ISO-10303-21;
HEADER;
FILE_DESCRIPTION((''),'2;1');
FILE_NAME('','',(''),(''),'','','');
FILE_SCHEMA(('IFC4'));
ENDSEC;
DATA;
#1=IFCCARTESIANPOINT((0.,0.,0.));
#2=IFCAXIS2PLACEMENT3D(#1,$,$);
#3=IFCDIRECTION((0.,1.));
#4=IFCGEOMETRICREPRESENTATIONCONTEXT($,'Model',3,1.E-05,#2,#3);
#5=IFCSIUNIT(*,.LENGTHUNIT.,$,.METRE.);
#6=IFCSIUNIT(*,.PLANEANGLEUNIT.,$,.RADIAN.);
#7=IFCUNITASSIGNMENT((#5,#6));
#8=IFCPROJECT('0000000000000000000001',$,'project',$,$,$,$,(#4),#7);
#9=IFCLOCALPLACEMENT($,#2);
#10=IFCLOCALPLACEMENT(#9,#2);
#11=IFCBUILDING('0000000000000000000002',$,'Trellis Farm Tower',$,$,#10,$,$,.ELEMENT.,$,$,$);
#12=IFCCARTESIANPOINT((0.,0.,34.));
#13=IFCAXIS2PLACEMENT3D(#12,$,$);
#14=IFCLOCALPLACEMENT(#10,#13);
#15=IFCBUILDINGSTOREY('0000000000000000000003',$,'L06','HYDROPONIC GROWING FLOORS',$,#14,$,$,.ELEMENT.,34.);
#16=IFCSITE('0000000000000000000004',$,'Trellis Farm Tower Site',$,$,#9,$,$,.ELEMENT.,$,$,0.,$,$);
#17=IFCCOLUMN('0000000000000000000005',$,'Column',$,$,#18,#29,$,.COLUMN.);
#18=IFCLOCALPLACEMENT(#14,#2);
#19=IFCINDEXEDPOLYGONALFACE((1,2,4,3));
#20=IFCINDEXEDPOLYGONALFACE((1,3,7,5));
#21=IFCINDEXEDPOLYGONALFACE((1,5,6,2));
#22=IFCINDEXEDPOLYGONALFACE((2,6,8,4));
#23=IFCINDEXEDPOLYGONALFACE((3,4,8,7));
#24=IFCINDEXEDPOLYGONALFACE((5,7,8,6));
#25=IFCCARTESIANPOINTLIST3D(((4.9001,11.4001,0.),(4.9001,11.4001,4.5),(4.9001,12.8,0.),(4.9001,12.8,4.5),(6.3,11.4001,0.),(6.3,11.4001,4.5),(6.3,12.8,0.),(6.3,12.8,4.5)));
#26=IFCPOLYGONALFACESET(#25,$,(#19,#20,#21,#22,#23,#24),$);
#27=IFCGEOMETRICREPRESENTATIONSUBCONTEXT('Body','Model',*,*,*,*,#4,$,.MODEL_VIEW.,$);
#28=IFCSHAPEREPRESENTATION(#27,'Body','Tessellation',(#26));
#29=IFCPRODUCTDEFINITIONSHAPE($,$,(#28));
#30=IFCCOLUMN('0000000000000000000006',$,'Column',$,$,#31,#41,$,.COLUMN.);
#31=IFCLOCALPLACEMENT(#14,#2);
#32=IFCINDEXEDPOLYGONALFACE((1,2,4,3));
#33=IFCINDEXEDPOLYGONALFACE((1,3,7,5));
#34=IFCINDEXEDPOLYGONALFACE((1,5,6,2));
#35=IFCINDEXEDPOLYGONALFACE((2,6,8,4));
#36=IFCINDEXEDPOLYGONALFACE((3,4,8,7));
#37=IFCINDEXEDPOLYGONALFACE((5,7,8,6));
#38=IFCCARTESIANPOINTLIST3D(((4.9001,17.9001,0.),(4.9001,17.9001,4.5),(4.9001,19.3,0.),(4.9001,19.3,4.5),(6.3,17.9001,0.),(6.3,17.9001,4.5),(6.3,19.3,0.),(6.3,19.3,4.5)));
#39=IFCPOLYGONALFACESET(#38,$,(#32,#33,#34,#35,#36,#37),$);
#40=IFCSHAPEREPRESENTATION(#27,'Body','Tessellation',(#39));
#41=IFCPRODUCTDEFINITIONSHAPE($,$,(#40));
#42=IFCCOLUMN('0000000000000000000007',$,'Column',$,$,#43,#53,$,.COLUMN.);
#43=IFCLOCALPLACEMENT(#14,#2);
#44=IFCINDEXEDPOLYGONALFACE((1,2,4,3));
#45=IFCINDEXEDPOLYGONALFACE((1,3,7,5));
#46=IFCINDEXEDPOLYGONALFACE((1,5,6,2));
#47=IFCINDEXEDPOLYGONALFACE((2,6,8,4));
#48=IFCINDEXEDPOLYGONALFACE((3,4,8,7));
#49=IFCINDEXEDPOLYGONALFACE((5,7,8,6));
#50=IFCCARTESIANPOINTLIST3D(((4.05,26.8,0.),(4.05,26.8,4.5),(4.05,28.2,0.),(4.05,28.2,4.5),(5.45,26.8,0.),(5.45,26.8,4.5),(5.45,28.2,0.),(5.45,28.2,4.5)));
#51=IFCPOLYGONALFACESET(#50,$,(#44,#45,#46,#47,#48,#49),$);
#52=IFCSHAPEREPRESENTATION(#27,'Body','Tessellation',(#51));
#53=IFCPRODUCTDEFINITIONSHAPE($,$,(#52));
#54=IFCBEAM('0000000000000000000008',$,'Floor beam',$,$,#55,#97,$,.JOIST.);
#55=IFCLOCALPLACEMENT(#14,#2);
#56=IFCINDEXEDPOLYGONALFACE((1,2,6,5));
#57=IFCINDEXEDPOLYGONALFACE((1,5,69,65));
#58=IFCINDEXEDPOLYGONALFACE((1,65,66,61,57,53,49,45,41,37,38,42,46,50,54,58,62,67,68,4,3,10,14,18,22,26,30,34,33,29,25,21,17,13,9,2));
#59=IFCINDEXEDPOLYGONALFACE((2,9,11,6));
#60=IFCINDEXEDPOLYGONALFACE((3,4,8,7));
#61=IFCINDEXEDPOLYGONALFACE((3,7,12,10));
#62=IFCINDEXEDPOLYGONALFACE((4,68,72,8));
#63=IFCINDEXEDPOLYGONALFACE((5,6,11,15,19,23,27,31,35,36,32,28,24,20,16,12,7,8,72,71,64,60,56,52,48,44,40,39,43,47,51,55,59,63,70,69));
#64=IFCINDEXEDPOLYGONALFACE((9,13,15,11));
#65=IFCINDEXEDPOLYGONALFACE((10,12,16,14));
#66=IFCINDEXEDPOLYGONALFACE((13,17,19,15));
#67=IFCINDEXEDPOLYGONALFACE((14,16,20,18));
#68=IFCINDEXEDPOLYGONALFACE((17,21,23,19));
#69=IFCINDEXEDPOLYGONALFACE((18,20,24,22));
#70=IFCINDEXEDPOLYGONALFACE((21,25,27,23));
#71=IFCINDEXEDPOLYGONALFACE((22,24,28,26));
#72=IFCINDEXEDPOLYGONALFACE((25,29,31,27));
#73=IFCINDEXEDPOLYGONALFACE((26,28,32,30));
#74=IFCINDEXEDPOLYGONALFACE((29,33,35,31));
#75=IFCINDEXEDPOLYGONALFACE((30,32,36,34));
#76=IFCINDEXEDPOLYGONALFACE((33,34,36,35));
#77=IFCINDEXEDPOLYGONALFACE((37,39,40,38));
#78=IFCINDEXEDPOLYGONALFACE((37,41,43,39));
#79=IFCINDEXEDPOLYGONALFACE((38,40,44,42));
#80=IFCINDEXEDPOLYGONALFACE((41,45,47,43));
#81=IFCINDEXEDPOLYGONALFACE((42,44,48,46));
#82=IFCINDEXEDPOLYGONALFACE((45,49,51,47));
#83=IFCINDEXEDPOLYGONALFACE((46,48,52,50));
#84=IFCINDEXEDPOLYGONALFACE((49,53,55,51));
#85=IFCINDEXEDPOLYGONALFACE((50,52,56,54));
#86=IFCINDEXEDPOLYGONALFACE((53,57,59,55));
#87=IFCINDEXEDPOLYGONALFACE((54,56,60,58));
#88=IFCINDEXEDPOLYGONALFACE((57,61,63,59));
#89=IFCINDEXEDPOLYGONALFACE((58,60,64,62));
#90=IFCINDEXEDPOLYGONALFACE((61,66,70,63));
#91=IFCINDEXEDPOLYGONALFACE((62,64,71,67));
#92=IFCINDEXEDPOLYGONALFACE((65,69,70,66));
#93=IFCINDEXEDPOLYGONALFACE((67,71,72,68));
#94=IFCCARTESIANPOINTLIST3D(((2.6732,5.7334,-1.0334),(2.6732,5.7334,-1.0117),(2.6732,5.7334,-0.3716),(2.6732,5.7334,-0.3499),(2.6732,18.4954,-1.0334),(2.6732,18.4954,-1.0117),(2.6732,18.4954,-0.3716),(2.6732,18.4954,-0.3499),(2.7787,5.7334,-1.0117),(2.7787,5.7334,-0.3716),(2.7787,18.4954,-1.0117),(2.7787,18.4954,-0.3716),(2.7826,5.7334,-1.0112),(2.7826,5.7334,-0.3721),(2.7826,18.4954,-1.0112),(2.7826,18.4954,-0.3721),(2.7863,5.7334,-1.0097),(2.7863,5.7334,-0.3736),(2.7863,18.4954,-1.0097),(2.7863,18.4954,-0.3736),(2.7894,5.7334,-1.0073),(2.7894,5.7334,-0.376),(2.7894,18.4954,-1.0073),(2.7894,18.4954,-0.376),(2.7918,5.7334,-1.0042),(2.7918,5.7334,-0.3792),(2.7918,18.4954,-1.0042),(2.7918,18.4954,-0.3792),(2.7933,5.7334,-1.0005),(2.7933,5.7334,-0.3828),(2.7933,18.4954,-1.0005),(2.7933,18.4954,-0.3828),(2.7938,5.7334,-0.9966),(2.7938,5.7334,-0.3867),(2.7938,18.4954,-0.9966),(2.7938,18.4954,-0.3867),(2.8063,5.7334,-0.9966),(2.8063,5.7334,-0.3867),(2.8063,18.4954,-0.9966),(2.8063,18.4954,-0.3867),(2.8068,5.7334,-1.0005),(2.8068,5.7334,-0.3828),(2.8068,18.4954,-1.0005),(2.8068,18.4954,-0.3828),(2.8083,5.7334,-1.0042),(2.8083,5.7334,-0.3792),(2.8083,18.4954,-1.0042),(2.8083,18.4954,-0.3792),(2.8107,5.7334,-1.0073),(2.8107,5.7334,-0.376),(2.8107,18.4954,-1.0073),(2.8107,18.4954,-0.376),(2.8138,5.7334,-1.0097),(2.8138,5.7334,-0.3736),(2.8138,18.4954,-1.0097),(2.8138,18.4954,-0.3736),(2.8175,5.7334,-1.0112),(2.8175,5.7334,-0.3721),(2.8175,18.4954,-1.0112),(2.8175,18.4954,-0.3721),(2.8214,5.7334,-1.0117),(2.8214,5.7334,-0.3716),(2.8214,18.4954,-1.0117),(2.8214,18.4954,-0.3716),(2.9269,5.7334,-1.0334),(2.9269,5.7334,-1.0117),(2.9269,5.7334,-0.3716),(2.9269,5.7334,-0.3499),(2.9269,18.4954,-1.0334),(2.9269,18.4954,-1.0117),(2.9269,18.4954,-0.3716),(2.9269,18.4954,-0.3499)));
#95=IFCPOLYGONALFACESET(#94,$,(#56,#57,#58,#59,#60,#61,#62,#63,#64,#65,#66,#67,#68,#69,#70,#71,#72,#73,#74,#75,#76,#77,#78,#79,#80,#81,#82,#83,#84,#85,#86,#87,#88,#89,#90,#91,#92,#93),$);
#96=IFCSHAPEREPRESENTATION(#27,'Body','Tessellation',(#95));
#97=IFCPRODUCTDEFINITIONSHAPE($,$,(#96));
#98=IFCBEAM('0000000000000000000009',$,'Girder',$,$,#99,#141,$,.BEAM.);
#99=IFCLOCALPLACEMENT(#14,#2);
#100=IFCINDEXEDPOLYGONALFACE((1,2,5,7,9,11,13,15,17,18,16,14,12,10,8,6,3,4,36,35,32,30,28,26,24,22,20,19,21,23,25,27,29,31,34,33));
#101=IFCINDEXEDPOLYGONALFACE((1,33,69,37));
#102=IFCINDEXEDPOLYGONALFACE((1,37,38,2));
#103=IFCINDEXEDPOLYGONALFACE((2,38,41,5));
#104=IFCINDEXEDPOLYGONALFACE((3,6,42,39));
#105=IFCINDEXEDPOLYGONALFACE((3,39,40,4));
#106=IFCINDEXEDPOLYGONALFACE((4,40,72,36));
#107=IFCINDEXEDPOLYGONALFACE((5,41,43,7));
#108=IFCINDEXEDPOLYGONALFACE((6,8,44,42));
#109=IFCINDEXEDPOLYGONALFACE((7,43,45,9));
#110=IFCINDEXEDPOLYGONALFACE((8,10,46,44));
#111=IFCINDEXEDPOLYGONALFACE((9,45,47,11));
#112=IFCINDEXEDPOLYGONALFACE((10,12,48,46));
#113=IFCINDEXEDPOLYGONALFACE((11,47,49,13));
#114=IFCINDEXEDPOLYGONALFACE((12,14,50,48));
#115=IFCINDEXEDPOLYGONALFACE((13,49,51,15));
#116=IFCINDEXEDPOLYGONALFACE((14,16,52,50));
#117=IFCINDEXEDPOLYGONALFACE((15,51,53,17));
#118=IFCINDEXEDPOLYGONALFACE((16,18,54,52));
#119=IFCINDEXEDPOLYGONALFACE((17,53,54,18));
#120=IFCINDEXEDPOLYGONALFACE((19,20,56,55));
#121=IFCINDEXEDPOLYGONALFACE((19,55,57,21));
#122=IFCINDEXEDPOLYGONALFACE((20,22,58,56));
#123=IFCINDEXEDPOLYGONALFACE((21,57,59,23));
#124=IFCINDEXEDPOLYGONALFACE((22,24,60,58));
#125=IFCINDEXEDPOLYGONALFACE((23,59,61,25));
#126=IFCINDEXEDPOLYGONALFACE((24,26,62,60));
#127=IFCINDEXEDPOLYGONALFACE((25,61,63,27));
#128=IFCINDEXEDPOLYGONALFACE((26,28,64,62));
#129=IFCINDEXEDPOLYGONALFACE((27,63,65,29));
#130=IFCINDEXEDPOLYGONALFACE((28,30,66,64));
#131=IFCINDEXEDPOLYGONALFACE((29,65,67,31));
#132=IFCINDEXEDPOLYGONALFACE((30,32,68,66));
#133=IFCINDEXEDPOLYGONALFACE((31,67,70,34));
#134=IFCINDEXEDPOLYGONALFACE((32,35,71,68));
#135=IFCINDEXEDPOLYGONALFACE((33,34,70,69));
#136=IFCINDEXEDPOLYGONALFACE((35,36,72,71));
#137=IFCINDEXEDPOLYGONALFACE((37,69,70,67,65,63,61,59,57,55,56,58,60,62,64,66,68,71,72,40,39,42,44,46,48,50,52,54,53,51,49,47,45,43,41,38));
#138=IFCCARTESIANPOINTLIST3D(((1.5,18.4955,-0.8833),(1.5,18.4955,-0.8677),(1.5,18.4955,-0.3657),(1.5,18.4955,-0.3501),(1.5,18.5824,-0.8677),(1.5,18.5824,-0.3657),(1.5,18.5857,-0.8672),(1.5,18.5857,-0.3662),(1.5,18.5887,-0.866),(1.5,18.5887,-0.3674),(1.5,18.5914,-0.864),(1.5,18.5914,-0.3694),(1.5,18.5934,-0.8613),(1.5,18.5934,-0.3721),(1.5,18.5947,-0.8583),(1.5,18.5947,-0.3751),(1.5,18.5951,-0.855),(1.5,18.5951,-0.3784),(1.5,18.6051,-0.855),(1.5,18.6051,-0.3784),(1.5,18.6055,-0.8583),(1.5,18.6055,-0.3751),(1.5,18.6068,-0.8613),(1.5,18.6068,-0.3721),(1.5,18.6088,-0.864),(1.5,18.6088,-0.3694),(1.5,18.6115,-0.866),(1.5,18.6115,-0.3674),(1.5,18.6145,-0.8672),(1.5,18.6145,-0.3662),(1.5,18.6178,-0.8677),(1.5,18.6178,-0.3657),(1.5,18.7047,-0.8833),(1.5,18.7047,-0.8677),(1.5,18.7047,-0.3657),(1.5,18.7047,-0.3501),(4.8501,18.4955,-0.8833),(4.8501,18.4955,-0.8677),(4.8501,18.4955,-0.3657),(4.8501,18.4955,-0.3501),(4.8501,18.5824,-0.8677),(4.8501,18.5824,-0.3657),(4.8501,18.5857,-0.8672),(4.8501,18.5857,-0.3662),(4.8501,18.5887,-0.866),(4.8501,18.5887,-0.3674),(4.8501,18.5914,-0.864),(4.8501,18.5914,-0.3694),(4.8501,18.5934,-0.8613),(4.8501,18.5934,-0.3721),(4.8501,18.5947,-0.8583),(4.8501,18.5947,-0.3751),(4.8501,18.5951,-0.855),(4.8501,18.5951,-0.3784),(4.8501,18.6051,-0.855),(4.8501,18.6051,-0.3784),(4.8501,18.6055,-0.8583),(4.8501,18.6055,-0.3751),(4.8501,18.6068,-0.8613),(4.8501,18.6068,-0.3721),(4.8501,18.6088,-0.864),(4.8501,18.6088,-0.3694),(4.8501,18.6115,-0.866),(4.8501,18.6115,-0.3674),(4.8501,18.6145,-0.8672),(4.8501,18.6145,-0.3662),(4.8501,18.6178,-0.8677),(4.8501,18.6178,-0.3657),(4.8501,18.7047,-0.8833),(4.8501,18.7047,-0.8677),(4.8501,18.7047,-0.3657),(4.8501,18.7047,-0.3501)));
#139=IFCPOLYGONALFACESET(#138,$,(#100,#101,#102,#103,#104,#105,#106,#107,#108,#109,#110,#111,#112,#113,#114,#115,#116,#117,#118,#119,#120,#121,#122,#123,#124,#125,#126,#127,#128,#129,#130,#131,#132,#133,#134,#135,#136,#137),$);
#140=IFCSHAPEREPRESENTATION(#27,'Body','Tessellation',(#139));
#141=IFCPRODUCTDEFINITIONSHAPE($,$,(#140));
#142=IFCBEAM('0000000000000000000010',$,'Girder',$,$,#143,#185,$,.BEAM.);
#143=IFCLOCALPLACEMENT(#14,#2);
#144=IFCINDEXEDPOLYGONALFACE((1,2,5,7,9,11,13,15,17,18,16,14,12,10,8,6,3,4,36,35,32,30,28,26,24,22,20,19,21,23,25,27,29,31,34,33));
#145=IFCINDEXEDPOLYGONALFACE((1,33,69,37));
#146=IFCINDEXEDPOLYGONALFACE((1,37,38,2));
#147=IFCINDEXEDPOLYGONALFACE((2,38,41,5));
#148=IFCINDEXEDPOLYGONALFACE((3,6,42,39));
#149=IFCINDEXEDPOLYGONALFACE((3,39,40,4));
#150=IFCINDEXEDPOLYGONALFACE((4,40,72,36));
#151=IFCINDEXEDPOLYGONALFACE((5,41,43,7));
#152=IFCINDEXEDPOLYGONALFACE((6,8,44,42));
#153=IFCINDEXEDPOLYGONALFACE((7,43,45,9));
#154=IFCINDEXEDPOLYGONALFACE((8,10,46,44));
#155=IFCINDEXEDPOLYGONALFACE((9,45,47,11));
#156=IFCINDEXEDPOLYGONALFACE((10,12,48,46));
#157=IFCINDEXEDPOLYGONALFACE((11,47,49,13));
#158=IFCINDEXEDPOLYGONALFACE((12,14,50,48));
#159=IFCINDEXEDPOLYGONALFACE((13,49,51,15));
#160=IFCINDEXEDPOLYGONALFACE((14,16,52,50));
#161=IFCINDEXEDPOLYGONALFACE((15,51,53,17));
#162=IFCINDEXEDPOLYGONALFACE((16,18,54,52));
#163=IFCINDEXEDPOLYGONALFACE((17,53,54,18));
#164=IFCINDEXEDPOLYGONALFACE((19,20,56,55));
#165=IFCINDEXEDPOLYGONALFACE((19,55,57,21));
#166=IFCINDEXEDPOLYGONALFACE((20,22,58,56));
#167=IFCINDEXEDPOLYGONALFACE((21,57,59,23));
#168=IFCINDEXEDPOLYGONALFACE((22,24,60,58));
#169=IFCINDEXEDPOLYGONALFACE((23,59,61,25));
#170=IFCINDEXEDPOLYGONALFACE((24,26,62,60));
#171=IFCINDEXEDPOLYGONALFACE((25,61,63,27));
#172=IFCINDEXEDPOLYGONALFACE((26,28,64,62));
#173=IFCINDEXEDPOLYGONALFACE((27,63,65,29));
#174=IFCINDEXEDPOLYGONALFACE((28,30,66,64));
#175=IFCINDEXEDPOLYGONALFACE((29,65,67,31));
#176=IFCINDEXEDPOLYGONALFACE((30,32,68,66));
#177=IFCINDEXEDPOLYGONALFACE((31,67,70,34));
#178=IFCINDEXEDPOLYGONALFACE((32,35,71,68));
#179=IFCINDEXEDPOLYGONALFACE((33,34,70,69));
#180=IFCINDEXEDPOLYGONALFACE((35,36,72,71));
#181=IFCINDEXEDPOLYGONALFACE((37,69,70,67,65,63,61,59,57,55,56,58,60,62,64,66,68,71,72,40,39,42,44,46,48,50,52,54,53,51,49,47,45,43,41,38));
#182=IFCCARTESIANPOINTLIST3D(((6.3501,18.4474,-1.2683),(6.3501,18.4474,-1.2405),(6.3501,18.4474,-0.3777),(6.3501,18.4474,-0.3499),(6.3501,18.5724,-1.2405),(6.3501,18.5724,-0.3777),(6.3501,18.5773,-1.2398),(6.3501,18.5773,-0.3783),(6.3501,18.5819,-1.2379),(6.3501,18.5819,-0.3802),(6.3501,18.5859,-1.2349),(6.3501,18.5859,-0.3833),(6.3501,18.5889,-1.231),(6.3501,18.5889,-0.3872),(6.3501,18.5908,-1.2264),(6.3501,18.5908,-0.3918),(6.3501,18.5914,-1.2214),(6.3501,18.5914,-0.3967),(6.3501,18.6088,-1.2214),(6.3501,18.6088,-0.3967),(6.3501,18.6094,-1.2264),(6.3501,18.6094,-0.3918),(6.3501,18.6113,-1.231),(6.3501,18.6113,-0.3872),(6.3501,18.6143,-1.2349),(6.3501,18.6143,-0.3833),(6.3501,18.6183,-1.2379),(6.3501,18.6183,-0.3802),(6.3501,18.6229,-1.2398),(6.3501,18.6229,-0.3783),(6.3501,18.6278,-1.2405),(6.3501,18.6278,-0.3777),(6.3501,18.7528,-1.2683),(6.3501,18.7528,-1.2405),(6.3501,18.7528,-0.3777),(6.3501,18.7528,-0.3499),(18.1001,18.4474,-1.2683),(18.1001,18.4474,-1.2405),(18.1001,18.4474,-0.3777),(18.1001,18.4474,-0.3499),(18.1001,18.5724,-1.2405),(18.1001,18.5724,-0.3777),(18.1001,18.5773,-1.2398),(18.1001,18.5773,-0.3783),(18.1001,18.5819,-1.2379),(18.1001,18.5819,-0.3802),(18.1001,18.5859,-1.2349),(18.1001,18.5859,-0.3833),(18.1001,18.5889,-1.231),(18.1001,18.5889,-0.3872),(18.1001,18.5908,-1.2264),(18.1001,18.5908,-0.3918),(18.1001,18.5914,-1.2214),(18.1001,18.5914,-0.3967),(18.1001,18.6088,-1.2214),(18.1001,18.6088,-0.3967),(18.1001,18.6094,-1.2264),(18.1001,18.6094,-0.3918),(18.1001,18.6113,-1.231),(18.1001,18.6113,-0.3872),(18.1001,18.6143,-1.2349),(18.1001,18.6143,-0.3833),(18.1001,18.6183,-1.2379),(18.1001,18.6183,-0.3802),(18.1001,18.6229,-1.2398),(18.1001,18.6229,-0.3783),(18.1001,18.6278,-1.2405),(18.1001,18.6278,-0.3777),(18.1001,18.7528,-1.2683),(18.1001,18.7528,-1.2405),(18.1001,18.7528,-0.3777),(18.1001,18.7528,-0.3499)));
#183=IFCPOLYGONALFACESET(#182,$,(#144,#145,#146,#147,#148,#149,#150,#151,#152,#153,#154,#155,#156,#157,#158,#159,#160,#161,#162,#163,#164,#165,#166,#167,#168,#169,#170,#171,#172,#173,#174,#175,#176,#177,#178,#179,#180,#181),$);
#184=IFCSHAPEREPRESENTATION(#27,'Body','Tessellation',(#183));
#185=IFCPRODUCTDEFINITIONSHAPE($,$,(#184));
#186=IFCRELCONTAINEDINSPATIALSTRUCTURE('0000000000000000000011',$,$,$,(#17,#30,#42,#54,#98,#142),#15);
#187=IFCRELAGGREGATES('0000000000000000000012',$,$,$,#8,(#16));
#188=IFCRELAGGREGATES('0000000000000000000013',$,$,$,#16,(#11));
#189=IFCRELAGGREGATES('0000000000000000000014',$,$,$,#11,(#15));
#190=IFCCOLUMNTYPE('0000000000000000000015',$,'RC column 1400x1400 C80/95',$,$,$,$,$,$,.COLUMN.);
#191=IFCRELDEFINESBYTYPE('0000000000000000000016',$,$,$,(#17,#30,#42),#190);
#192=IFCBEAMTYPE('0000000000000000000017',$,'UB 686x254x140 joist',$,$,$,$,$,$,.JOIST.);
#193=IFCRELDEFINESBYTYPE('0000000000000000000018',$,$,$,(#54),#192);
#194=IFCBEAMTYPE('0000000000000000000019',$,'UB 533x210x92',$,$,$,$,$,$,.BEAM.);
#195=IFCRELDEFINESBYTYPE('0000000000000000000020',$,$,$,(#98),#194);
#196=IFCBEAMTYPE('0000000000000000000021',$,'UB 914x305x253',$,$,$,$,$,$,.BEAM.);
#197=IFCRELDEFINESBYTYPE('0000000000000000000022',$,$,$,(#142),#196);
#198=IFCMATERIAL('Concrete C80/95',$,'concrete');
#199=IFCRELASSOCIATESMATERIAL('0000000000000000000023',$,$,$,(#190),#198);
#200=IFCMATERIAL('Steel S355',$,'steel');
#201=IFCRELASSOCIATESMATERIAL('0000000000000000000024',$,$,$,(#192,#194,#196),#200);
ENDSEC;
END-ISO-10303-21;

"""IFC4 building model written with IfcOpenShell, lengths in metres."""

from ifc_helpers import new_model, si_unit, direction, frame, origin, origin_2d, place, context, subcontext, project, spatial, rectangle, i_section, extrude, source, transform, mapped, material, material_profile, profile_set, type_object, element, save


model = new_model("IFC4")

# Units and contexts
model_context = context("Model", 3, precision=1e-05, world=origin(), true_north=direction((0.0, 1.0)))
body_context = subcontext(model_context, "Body", "Model", "MODEL_VIEW")
ifc_project = project(units=[si_unit("LENGTHUNIT", "METRE"), si_unit("PLANEANGLEUNIT", "RADIAN")], contexts=[model_context])

# Site, building, storey
site_placement = place(None, origin())
site = spatial("IfcSite", under=ifc_project, at=site_placement, Name="Trellis Farm Tower Site", CompositionType="ELEMENT", RefElevation=0.0)
building_placement = place(site_placement, origin())
building = spatial("IfcBuilding", under=site, at=building_placement, Name="Trellis Farm Tower", CompositionType="ELEMENT")
storey_placement = place(building_placement, frame((0.0, 0.0, 34.0)))
storey = spatial("IfcBuildingStorey", under=building, at=storey_placement, Name="L06", Description="HYDROPONIC GROWING FLOORS", CompositionType="ELEMENT", Elevation=34.0)

# Columns
ifc_material_1 = material(Name="Concrete C80/95", Category="concrete")
ifc_material_profile_1 = material_profile(ifc_material_1, rectangle(XDim=1.3999, YDim=1.3999, at=origin_2d()), Name="RC column 1400x1400 C80/95")
ifc_profile_set_1 = profile_set([ifc_material_profile_1], Name="Concrete C80/95")
column_type = type_object("IfcColumnType", Name="RC column 1400x1400 C80/95", PredefinedType="COLUMN", material=ifc_profile_set_1)
shared_shape_1 = source(origin(), body_context, "Body", "SweptSolid", [
    extrude(rectangle(XDim=1.3999, YDim=1.3999, at=origin_2d()), origin(), (0.0, 0.0, 1.0), 4.5),
])
for number, where, z_axis, x_axis, name in (
    (1, (5.6001, 12.1001, 0.0), (0.0, 0.0, 1.0), (1.0, 0.0, 0.0), "Column"),
    (2, (5.6001, 18.6001, 0.0), (0.0, 0.0, 1.0), (1.0, 0.0, 0.0), "Column"),
    (3, (4.75, 27.5, 0.0), (0.0, 0.0, 1.0), (1.0, 0.0, 0.0), "Column"),
):
    element("IfcColumn", number, at=place(storey_placement, frame(where, z_axis=z_axis, x_axis=x_axis)), inside=storey, type_object=column_type, Name=name, PredefinedType="COLUMN", context=body_context, shape_type="MappedRepresentation", body=[
        mapped(shared_shape_1, transform((0.0, 0.0, 0.0))),
    ])

# Beams
ifc_material_2 = material(Name="Steel S355", Category="steel")
ifc_material_profile_2 = material_profile(ifc_material_2, i_section(OverallWidth=0.2537, OverallDepth=0.6836, WebThickness=0.0125, FlangeThickness=0.0217, FilletRadius=0.0151, at=origin_2d()), Name="UB 686x254x140")
ifc_profile_set_2 = profile_set([ifc_material_profile_2], Name="Steel S355")
beam_type_1 = type_object("IfcBeamType", Name="UB 686x254x140 joist", PredefinedType="JOIST", material=ifc_profile_set_2)
shared_shape_2 = source(origin(), body_context, "Body", "SweptSolid", [
    extrude(i_section(OverallWidth=0.2537, OverallDepth=0.6836, WebThickness=0.0125, FlangeThickness=0.0217, FilletRadius=0.0151, at=origin_2d()), origin(), (0.0, 0.0, 1.0), 12.762),
])
beam_1_placement = place(storey_placement, frame((2.8, 5.7334, -0.6917), z_axis=(0.0, 1.0, 0.0), x_axis=(-1.0, 0.0, 0.0)))
element("IfcBeam", 4, at=beam_1_placement, inside=storey, type_object=beam_type_1, Name="Floor beam", PredefinedType="JOIST", context=body_context, shape_type="MappedRepresentation", body=[
    mapped(shared_shape_2, transform((0.0, 0.0, 0.0))),
])
ifc_material_profile_3 = material_profile(ifc_material_2, i_section(OverallWidth=0.2092, OverallDepth=0.5332, WebThickness=0.01, FlangeThickness=0.0156, FilletRadius=0.0127, at=origin_2d()), Name="UB 533x210x92")
ifc_profile_set_3 = profile_set([ifc_material_profile_3], Name="Steel S355")
beam_type_2 = type_object("IfcBeamType", Name="UB 533x210x92", PredefinedType="BEAM", material=ifc_profile_set_3)
shared_shape_3 = source(origin(), body_context, "Body", "SweptSolid", [
    extrude(i_section(OverallWidth=0.2092, OverallDepth=0.5332, WebThickness=0.01, FlangeThickness=0.0156, FilletRadius=0.0127, at=origin_2d()), origin(), (0.0, 0.0, 1.0), 3.3501),
])
beam_2_placement = place(storey_placement, frame((1.5, 18.6001, -0.6167), z_axis=(1.0, 0.0, 0.0), x_axis=(0.0, 1.0, 0.0)))
element("IfcBeam", 5, at=beam_2_placement, inside=storey, type_object=beam_type_2, Name="Girder", PredefinedType="BEAM", context=body_context, shape_type="MappedRepresentation", body=[
    mapped(shared_shape_3, transform((0.0, 0.0, 0.0))),
])
ifc_material_profile_4 = material_profile(ifc_material_2, i_section(OverallWidth=0.3054, OverallDepth=0.9185, WebThickness=0.0173, FlangeThickness=0.0278, FilletRadius=0.019, at=origin_2d()), Name="UB 914x305x253")
ifc_profile_set_4 = profile_set([ifc_material_profile_4], Name="Steel S355")
beam_type_3 = type_object("IfcBeamType", Name="UB 914x305x253", PredefinedType="BEAM", material=ifc_profile_set_4)
shared_shape_4 = source(origin(), body_context, "Body", "SweptSolid", [
    extrude(i_section(OverallWidth=0.3054, OverallDepth=0.9185, WebThickness=0.0173, FlangeThickness=0.0278, FilletRadius=0.019, at=origin_2d()), origin(), (0.0, 0.0, 1.0), 11.75),
])
beam_3_placement = place(storey_placement, frame((6.3501, 18.6001, -0.8091), z_axis=(1.0, 0.0, 0.0), x_axis=(0.0, 1.0, 0.0)))
element("IfcBeam", 6, at=beam_3_placement, inside=storey, type_object=beam_type_3, Name="Girder", PredefinedType="BEAM", context=body_context, shape_type="MappedRepresentation", body=[
    mapped(shared_shape_4, transform((0.0, 0.0, 0.0))),
])

save(model, "model.ifc")
